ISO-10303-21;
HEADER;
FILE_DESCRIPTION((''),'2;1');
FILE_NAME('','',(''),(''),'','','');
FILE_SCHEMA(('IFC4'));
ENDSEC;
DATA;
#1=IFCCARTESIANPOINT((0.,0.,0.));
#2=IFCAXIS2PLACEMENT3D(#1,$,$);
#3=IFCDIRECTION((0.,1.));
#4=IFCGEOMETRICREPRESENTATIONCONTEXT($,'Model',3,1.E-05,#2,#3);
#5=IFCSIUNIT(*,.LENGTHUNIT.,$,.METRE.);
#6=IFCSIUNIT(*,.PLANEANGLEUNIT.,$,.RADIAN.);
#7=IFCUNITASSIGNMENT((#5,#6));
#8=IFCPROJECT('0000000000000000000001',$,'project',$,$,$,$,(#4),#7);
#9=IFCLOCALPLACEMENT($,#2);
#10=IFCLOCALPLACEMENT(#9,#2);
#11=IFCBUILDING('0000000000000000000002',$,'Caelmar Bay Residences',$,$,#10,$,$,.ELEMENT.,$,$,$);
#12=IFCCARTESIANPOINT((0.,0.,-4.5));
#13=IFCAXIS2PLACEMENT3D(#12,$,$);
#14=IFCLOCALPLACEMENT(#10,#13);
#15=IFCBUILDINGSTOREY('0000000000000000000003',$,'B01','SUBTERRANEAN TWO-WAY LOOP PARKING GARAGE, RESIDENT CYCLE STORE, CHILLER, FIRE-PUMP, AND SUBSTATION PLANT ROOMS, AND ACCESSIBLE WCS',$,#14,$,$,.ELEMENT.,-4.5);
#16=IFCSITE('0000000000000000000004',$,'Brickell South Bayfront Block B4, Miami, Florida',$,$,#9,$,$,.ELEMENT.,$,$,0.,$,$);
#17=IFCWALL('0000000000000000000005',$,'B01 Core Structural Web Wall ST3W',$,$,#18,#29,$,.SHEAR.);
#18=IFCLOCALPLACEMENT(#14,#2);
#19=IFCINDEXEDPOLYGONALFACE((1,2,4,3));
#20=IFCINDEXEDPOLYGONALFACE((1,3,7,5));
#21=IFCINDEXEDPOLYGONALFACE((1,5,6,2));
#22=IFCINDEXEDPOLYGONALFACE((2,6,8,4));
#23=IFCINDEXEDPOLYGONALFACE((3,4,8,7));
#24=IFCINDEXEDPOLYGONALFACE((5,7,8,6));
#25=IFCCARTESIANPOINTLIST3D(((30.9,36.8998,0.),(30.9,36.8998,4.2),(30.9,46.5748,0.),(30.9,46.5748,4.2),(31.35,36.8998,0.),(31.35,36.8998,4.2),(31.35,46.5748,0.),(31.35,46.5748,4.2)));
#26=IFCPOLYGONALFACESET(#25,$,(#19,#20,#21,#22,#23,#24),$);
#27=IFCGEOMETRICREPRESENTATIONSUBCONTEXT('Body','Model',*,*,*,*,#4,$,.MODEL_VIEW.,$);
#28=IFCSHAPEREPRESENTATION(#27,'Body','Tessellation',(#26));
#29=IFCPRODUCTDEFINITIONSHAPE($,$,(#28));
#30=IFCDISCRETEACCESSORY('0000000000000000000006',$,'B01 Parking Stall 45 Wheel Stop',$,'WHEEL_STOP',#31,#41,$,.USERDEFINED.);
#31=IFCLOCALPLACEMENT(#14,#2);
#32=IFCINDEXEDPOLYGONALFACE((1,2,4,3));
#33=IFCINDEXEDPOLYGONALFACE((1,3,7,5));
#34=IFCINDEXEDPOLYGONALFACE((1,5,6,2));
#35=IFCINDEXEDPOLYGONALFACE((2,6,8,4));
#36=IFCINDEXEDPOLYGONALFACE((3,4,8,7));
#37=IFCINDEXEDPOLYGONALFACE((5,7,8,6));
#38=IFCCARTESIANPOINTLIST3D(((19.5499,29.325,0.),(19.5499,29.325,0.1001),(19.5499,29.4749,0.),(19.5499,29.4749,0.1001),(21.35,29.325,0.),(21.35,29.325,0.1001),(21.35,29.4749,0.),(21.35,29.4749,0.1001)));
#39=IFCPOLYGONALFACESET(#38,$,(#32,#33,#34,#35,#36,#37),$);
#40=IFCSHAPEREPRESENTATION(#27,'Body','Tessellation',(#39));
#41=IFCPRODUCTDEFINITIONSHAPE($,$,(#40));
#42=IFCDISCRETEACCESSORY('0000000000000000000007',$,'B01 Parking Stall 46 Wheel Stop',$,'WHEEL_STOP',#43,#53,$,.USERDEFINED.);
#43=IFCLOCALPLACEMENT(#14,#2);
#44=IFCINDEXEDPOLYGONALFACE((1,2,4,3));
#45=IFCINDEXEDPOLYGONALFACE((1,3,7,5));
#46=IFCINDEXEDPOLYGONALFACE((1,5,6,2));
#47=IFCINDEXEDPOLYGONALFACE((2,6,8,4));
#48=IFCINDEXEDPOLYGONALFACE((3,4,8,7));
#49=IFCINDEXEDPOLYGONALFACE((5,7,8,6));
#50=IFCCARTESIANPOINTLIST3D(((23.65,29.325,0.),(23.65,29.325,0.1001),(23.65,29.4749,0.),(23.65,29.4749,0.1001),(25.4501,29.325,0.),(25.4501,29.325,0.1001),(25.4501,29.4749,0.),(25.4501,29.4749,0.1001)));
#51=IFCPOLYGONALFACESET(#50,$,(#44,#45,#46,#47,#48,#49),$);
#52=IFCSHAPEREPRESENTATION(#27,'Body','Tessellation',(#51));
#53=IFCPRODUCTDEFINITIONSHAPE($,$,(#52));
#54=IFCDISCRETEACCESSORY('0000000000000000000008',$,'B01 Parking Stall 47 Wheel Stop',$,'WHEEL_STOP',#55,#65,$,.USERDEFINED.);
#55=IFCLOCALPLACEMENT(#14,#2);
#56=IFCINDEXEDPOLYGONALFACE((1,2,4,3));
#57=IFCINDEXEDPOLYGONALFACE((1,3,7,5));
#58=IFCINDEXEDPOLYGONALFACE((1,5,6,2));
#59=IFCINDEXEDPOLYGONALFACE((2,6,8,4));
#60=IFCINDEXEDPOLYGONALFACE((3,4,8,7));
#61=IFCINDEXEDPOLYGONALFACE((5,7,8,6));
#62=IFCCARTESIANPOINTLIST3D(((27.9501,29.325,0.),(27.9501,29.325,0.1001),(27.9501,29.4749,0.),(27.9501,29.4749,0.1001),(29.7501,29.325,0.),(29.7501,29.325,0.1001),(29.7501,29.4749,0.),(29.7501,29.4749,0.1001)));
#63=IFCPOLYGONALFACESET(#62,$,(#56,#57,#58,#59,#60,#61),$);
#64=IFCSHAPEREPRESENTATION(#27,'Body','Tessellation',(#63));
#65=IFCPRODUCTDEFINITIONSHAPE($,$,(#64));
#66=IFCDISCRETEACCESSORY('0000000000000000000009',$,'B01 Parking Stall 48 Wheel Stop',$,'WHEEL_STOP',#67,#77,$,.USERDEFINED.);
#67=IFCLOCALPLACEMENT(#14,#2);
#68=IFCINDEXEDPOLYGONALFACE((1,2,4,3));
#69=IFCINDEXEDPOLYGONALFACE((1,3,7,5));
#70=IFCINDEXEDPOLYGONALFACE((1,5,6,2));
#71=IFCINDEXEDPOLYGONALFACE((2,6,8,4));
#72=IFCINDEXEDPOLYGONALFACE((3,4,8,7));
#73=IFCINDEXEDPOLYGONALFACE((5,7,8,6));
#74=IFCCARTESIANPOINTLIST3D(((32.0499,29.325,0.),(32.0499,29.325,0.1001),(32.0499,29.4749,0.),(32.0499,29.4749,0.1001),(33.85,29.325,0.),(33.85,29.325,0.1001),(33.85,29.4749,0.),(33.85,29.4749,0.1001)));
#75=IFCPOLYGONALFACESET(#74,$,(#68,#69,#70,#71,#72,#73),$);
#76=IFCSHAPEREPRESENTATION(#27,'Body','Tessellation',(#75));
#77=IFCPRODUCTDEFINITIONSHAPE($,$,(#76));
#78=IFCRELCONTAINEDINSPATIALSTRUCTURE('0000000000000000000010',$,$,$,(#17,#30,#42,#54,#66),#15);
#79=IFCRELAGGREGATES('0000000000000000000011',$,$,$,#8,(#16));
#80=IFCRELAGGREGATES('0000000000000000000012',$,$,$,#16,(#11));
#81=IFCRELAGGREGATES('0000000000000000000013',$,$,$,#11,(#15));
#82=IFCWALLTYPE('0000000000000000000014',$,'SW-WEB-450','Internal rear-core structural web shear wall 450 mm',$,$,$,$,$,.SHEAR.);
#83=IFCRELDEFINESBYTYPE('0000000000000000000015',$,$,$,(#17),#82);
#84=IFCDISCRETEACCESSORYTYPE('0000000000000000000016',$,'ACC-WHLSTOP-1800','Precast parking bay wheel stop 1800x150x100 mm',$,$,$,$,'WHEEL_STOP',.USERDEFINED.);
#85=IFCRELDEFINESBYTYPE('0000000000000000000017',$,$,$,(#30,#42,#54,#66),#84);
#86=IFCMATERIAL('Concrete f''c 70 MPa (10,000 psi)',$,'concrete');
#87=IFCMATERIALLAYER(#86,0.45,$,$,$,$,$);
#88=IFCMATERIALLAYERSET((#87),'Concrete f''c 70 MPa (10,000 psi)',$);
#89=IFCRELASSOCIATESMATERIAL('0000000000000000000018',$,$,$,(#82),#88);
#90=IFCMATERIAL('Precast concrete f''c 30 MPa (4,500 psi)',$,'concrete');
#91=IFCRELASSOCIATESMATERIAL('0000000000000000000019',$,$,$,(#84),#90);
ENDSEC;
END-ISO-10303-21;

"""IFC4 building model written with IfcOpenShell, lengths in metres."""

from ifc_helpers import new_model, si_unit, direction, frame, frame_2d, origin, origin_2d, place, context, subcontext, project, spatial, rectangle, extrude, material, layer, layer_set, type_object, element, save


model = new_model("IFC4")

# Units and contexts
model_context = context("Model", 3, precision=1e-05, world=origin(), true_north=direction((0.0, 1.0)))
body_context = subcontext(model_context, "Body", "Model", "MODEL_VIEW")
ifc_project = project(units=[si_unit("LENGTHUNIT", "METRE"), si_unit("PLANEANGLEUNIT", "RADIAN")], contexts=[model_context])

# Site, building, storey
site_placement = place(None, origin())
site = spatial("IfcSite", under=ifc_project, at=site_placement, Name="Brickell South Bayfront Block B4, Miami, Florida", CompositionType="ELEMENT", RefElevation=0.0)
building_placement = place(site_placement, origin())
building = spatial("IfcBuilding", under=site, at=building_placement, Name="Caelmar Bay Residences", CompositionType="ELEMENT")
storey_placement = place(building_placement, frame((0.0, 0.0, -4.5)))
storey = spatial("IfcBuildingStorey", under=building, at=storey_placement, Name="B01", Description="SUBTERRANEAN TWO-WAY LOOP PARKING GARAGE, RESIDENT CYCLE STORE, CHILLER, FIRE-PUMP, AND SUBSTATION PLANT ROOMS, AND ACCESSIBLE WCS", CompositionType="ELEMENT", Elevation=-4.5)

# Shared definitions
ifc_material_1 = material(Name="Concrete f'c 70 MPa (10,000 psi)", Category="concrete")

# Wall
ifc_layer_1 = layer(ifc_material_1, 0.45)
ifc_layer_set_1 = layer_set([ifc_layer_1], Name="Concrete f'c 70 MPa (10,000 psi)")
wall_type_1 = type_object("IfcWallType", Name="SW-WEB-450", Description="Internal rear-core structural web shear wall 450 mm", PredefinedType="SHEAR", material=ifc_layer_set_1)
wall_1_placement = place(storey_placement, frame((31.125, 36.8999, 0.0), z_axis=(0.0, 0.0, 1.0), x_axis=(0.0, 1.0, 0.0)))
element("IfcWall", 1, at=wall_1_placement, inside=storey, type_object=wall_type_1, Name="B01 Core Structural Web Wall ST3W", PredefinedType="SHEAR", context=body_context, shape_type="SweptSolid", body=[
    extrude(rectangle(XDim=9.675, YDim=0.45, at=frame_2d((4.8374, 0.0))), origin(), (0.0, 0.0, 1.0), 4.2),
])

# Discrete accessories
ifc_material_2 = material(Name="Precast concrete f'c 30 MPa (4,500 psi)", Category="concrete")
discrete_accessory_type = type_object("IfcDiscreteAccessoryType", Name="ACC-WHLSTOP-1800", Description="Precast parking bay wheel stop 1800x150x100 mm", ElementType="WHEEL_STOP", PredefinedType="USERDEFINED", material=ifc_material_2)
for number, where, z_axis, x_axis, name in (
    (2, (20.45, 29.3999, 0.0), (0.0, 0.0, 1.0), (1.0, 0.0, 0.0), "B01 Parking Stall 45 Wheel Stop"),
    (3, (24.55, 29.3999, 0.0), (0.0, 0.0, 1.0), (1.0, 0.0, 0.0), "B01 Parking Stall 46 Wheel Stop"),
    (4, (28.8501, 29.3999, 0.0), (0.0, 0.0, 1.0), (1.0, 0.0, 0.0), "B01 Parking Stall 47 Wheel Stop"),
    (5, (32.95, 29.3999, 0.0), (0.0, 0.0, 1.0), (1.0, 0.0, 0.0), "B01 Parking Stall 48 Wheel Stop"),
):
    element("IfcDiscreteAccessory", number, at=place(storey_placement, frame(where, z_axis=z_axis, x_axis=x_axis)), inside=storey, type_object=discrete_accessory_type, Name=name, ObjectType="WHEEL_STOP", PredefinedType="USERDEFINED", context=body_context, shape_type="SweptSolid", body=[
        extrude(rectangle(XDim=1.8, YDim=0.1499, at=origin_2d()), origin(), (0.0, 0.0, 1.0), 0.1001),
    ])

save(model, "model.ifc")
